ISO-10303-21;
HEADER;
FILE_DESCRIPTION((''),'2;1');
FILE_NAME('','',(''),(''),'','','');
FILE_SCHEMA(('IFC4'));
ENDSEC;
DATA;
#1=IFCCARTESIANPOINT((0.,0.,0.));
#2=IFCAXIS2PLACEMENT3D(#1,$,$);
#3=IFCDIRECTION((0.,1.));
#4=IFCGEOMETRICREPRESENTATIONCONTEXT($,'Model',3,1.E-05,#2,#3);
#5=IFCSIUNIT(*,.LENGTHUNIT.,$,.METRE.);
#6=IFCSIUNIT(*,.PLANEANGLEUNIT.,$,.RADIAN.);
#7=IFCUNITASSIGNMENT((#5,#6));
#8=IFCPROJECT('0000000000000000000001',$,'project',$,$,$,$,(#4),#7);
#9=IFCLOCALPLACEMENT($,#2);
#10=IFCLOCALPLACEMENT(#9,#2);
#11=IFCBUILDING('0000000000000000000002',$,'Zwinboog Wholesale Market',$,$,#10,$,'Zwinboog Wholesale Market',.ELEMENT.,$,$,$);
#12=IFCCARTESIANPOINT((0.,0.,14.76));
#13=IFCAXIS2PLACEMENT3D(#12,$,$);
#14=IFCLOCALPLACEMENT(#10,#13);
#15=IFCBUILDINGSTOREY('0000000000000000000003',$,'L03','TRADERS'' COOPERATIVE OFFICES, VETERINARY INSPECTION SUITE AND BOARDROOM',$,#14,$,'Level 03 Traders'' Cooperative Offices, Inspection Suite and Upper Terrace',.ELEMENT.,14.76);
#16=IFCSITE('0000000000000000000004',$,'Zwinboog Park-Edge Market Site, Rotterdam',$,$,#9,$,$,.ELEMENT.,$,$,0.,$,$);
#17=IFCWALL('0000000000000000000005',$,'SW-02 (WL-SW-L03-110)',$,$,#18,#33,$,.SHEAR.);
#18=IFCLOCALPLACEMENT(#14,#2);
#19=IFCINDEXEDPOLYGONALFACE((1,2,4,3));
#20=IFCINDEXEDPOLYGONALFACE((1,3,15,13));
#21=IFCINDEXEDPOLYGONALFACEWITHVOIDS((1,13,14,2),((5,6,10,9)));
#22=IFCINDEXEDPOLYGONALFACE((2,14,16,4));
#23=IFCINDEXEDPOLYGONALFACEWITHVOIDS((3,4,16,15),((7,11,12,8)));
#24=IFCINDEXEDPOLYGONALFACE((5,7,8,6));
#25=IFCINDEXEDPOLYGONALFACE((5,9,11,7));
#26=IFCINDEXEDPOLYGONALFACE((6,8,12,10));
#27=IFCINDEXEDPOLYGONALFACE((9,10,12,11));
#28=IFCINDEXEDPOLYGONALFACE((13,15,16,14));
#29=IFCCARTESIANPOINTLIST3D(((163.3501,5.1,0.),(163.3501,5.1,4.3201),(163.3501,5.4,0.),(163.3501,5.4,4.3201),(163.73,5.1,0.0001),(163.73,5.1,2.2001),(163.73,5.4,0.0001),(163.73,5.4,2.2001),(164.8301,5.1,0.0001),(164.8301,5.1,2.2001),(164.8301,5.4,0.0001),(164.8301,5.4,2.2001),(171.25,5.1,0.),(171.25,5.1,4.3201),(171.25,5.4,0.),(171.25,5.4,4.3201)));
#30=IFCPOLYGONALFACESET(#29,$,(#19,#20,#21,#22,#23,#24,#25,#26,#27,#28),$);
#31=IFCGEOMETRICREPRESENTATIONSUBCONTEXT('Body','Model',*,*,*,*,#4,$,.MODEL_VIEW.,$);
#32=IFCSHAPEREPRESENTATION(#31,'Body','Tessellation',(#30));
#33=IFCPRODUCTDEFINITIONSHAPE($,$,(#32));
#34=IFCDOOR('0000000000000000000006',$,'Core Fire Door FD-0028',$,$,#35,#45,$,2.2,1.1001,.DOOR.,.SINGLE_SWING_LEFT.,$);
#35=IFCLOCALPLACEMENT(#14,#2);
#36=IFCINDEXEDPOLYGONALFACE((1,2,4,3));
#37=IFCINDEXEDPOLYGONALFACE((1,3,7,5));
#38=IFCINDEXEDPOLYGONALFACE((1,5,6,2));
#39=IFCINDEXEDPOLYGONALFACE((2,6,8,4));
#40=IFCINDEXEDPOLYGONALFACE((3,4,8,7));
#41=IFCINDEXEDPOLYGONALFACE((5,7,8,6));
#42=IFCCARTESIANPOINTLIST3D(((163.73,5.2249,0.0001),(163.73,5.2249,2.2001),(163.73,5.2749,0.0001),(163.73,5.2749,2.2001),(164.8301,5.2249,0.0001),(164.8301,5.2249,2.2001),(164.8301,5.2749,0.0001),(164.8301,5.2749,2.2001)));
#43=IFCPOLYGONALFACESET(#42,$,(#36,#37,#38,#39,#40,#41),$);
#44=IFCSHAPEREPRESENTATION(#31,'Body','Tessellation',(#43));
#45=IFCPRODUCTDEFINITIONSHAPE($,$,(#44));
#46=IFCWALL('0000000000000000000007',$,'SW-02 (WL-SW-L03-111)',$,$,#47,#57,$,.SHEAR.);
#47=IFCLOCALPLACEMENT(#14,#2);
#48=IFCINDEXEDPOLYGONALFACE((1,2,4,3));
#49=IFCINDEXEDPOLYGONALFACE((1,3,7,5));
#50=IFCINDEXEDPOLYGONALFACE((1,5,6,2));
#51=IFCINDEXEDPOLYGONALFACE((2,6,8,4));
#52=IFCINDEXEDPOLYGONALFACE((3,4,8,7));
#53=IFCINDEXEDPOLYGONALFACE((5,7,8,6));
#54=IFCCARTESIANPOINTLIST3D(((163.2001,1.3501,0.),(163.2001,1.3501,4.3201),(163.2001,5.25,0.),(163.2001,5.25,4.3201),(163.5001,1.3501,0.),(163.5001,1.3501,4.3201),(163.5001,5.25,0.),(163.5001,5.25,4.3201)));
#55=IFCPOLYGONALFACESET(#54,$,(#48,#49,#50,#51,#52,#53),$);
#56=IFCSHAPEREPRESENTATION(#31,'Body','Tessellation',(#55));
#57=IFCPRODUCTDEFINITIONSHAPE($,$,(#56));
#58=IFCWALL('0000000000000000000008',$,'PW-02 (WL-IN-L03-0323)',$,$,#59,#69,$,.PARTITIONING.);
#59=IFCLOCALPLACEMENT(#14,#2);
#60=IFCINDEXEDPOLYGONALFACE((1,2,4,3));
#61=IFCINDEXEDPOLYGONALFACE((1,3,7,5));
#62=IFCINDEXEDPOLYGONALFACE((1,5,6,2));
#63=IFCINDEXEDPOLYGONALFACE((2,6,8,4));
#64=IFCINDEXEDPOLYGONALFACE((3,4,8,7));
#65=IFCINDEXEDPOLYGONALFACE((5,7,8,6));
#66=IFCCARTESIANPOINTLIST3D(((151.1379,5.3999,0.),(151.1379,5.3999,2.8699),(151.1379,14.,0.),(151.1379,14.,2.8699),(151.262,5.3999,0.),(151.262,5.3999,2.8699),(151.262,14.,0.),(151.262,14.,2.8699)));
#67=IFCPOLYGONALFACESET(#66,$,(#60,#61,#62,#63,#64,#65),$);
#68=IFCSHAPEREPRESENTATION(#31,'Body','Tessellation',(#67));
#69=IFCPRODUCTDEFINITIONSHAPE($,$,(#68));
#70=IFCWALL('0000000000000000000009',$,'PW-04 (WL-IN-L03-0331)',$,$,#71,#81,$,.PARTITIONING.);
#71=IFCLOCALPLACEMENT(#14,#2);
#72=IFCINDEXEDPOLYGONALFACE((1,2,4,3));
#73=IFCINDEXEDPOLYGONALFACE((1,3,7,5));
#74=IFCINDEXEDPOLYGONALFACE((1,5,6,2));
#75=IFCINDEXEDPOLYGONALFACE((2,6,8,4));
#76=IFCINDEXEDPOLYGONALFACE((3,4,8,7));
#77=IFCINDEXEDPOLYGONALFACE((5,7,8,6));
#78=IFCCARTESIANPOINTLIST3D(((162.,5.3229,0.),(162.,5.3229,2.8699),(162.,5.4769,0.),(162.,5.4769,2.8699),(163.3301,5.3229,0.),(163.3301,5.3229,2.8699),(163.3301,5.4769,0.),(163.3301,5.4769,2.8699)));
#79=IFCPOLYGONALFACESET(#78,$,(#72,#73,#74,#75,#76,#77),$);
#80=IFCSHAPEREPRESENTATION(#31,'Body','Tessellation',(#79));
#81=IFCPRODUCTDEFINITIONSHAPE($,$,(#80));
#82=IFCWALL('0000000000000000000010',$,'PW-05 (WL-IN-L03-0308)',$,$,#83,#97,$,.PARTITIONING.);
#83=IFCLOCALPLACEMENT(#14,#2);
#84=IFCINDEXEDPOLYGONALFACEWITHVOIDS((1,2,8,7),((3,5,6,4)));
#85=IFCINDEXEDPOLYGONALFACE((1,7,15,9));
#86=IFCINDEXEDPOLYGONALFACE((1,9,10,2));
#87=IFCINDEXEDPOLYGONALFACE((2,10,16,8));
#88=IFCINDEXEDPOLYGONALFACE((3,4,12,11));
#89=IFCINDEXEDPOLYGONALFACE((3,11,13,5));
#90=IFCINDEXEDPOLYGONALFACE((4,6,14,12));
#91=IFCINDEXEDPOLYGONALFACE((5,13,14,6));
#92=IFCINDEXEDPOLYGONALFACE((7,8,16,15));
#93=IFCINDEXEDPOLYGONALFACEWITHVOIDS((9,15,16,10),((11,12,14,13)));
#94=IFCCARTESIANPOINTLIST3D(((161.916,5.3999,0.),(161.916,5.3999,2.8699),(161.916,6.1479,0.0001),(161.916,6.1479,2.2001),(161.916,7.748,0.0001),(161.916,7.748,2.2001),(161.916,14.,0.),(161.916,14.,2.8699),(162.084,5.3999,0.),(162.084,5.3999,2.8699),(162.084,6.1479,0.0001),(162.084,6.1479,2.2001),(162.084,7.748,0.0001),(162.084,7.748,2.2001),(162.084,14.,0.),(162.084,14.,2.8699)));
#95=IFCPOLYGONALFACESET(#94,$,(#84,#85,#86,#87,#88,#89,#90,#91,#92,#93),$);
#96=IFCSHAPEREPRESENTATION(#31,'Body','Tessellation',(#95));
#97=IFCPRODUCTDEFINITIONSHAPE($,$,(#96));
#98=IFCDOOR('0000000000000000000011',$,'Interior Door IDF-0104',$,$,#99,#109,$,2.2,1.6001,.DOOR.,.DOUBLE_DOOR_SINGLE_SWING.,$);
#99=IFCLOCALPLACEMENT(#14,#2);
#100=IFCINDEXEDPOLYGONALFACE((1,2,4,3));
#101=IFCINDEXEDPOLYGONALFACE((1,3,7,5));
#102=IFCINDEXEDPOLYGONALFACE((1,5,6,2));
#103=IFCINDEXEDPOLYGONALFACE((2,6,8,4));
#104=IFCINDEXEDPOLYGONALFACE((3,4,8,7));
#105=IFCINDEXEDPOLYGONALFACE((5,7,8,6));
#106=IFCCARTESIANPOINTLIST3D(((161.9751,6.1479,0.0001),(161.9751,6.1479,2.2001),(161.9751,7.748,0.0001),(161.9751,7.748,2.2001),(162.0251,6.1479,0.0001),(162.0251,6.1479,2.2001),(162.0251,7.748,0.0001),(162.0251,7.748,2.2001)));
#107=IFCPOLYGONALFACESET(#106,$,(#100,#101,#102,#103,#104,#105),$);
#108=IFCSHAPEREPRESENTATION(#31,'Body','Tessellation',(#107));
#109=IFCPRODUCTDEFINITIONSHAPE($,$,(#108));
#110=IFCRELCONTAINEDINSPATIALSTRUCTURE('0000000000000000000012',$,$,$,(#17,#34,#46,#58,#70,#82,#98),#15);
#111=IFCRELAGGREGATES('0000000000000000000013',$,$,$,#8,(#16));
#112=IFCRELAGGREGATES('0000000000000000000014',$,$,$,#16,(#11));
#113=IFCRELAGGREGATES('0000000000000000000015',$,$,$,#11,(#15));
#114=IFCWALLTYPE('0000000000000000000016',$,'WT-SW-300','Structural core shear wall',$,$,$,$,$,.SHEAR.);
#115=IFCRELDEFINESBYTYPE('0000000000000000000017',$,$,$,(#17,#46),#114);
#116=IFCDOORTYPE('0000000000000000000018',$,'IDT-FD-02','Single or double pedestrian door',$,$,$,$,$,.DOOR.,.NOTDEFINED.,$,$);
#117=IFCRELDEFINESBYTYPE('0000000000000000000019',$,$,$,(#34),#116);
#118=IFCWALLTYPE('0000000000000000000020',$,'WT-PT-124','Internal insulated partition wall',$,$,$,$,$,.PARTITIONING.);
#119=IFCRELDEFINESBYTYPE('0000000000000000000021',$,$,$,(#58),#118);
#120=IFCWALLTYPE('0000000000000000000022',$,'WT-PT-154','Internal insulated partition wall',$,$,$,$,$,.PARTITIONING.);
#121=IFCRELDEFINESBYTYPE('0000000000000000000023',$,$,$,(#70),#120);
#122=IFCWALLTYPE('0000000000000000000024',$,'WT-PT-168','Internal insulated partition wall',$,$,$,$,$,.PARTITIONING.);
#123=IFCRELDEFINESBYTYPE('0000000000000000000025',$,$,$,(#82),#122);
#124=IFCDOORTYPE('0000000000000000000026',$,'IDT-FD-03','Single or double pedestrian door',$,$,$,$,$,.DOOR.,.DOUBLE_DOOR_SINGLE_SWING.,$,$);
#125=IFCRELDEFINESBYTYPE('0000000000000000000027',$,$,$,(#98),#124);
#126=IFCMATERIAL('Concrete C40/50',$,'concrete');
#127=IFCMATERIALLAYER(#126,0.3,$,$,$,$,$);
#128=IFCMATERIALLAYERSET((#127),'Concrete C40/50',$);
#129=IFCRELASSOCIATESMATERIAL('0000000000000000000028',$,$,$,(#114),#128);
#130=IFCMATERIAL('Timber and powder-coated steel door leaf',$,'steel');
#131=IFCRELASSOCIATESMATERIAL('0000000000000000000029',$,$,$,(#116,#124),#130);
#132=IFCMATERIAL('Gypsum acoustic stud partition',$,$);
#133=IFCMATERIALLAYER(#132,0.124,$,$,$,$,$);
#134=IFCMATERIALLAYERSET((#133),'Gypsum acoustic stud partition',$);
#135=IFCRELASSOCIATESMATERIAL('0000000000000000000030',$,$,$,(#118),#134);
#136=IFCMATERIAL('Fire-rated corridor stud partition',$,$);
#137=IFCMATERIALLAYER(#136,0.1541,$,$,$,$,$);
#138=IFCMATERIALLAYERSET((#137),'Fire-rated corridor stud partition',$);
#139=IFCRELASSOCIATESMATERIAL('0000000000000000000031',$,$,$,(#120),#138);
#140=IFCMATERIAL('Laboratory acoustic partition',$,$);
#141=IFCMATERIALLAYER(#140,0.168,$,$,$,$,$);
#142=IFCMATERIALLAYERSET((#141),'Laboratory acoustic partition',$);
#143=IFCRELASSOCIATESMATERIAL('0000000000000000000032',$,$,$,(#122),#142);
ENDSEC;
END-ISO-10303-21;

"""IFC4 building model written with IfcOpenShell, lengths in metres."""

from ifc_helpers import new_model, si_unit, direction, frame, frame_2d, origin, place, context, subcontext, project, spatial, rectangle, extrude, material, layer, layer_set, type_object, element, fill, save


model = new_model("IFC4")

# Units and contexts
model_context = context("Model", 3, precision=1e-05, world=origin(), true_north=direction((0.0, 1.0)))
body_context = subcontext(model_context, "Body", "Model", "MODEL_VIEW")
ifc_project = project(units=[si_unit("LENGTHUNIT", "METRE"), si_unit("PLANEANGLEUNIT", "RADIAN")], contexts=[model_context])

# Site, building, storey
site_placement = place(None, origin())
site = spatial("IfcSite", under=ifc_project, at=site_placement, Name="Zwinboog Park-Edge Market Site, Rotterdam", CompositionType="ELEMENT", RefElevation=0.0)
building_placement = place(site_placement, origin())
building = spatial("IfcBuilding", under=site, at=building_placement, Name="Zwinboog Wholesale Market", LongName="Zwinboog Wholesale Market", CompositionType="ELEMENT")
storey_placement = place(building_placement, frame((0.0, 0.0, 14.76)))
storey = spatial("IfcBuildingStorey", under=building, at=storey_placement, Name="L03", Description="TRADERS' COOPERATIVE OFFICES, VETERINARY INSPECTION SUITE AND BOARDROOM", LongName="Level 03 Traders' Cooperative Offices, Inspection Suite and Upper Terrace", CompositionType="ELEMENT", Elevation=14.76)

# Shared definitions
ifc_material_1 = material(Name="Concrete C40/50", Category="concrete")
ifc_layer_1 = layer(ifc_material_1, 0.3)
ifc_layer_set_1 = layer_set([ifc_layer_1], Name="Concrete C40/50")
wall_type_1 = type_object("IfcWallType", Name="WT-SW-300", Description="Structural core shear wall", PredefinedType="SHEAR", material=ifc_layer_set_1)

# Wall, opening, door
wall_1_placement = place(storey_placement, frame((163.3501, 5.25, 0.0), z_axis=(0.0, 0.0, 1.0), x_axis=(1.0, 0.0, 0.0)))
wall_1 = element("IfcWall", 1, at=wall_1_placement, inside=storey, type_object=wall_type_1, Name="SW-02 (WL-SW-L03-110)", PredefinedType="SHEAR", context=body_context, shape_type="SweptSolid", body=[
    extrude(rectangle(XDim=7.8999, YDim=0.3, at=frame_2d((3.95, 0.0))), origin(), (0.0, 0.0, 1.0), 4.3201),
])
opening_1_placement = place(wall_1_placement, frame((0.3799, 0.0, 0.0)))
opening_1 = element("IfcOpeningElement", 2, at=opening_1_placement, cuts=wall_1, PredefinedType="OPENING", context=body_context, shape_type="SweptSolid", body=[
    extrude(rectangle(XDim=1.1001, YDim=2.2, at=frame_2d((0.55, 1.1001))), frame((0.0, 0.1599, 0.0), z_axis=(0.0, -1.0, 0.0), x_axis=(1.0, 0.0, 0.0)), (0.0, 0.0, 1.0), 0.3201),
])
ifc_material_2 = material(Name="Timber and powder-coated steel door leaf", Category="steel")
door_type_1 = type_object("IfcDoorType", Name="IDT-FD-02", Description="Single or double pedestrian door", OperationType="NOTDEFINED", PredefinedType="DOOR", material=ifc_material_2)
door_1_placement = place(opening_1_placement, origin())
door_1 = element("IfcDoor", 3, at=door_1_placement, inside=storey, type_object=door_type_1, Name="Core Fire Door FD-0028", OperationType="SINGLE_SWING_LEFT", OverallHeight=2.2, OverallWidth=1.1001, PredefinedType="DOOR", context=body_context, shape_type="SweptSolid", body=[
    extrude(rectangle(XDim=1.1001, YDim=2.2, at=frame_2d((0.55, 1.1001))), frame((0.0, 0.0249, 0.0), z_axis=(0.0, -1.0, 0.0), x_axis=(1.0, 0.0, 0.0)), (0.0, 0.0, 1.0), 0.05),
])
fill(opening_1, door_1)

# Walls
wall_2_placement = place(storey_placement, frame((163.3501, 1.3501, 0.0), z_axis=(0.0, 0.0, 1.0), x_axis=(0.0, 1.0, 0.0)))
element("IfcWall", 4, at=wall_2_placement, inside=storey, type_object=wall_type_1, Name="SW-02 (WL-SW-L03-111)", PredefinedType="SHEAR", context=body_context, shape_type="SweptSolid", body=[
    extrude(rectangle(XDim=3.8999, YDim=0.3, at=frame_2d((1.95, 0.0))), origin(), (0.0, 0.0, 1.0), 4.3201),
])
ifc_material_3 = material(Name="Gypsum acoustic stud partition")
ifc_layer_2 = layer(ifc_material_3, 0.124)
ifc_layer_set_2 = layer_set([ifc_layer_2], Name="Gypsum acoustic stud partition")
wall_type_2 = type_object("IfcWallType", Name="WT-PT-124", Description="Internal insulated partition wall", PredefinedType="PARTITIONING", material=ifc_layer_set_2)
wall_3_placement = place(storey_placement, frame((151.2, 5.3999, 0.0), z_axis=(0.0, 0.0, 1.0), x_axis=(0.0, 1.0, 0.0)))
element("IfcWall", 5, at=wall_3_placement, inside=storey, type_object=wall_type_2, Name="PW-02 (WL-IN-L03-0323)", PredefinedType="PARTITIONING", context=body_context, shape_type="SweptSolid", body=[
    extrude(rectangle(XDim=8.6001, YDim=0.124, at=frame_2d((4.3, 0.0))), origin(), (0.0, 0.0, 1.0), 2.8699),
])
ifc_material_4 = material(Name="Fire-rated corridor stud partition")
ifc_layer_3 = layer(ifc_material_4, 0.1541)
ifc_layer_set_3 = layer_set([ifc_layer_3], Name="Fire-rated corridor stud partition")
wall_type_3 = type_object("IfcWallType", Name="WT-PT-154", Description="Internal insulated partition wall", PredefinedType="PARTITIONING", material=ifc_layer_set_3)
wall_4_placement = place(storey_placement, frame((162.0, 5.3999, 0.0), z_axis=(0.0, 0.0, 1.0), x_axis=(1.0, 0.0, 0.0)))
element("IfcWall", 6, at=wall_4_placement, inside=storey, type_object=wall_type_3, Name="PW-04 (WL-IN-L03-0331)", PredefinedType="PARTITIONING", context=body_context, shape_type="SweptSolid", body=[
    extrude(rectangle(XDim=1.3301, YDim=0.1541, at=frame_2d((0.665, 0.0))), origin(), (0.0, 0.0, 1.0), 2.8699),
])

# Wall, opening, door
ifc_material_5 = material(Name="Laboratory acoustic partition")
ifc_layer_4 = layer(ifc_material_5, 0.168)
ifc_layer_set_4 = layer_set([ifc_layer_4], Name="Laboratory acoustic partition")
wall_type_4 = type_object("IfcWallType", Name="WT-PT-168", Description="Internal insulated partition wall", PredefinedType="PARTITIONING", material=ifc_layer_set_4)
wall_5_placement = place(storey_placement, frame((162.0, 5.3999, 0.0), z_axis=(0.0, 0.0, 1.0), x_axis=(0.0, 1.0, 0.0)))
wall_5 = element("IfcWall", 7, at=wall_5_placement, inside=storey, type_object=wall_type_4, Name="PW-05 (WL-IN-L03-0308)", PredefinedType="PARTITIONING", context=body_context, shape_type="SweptSolid", body=[
    extrude(rectangle(XDim=8.6001, YDim=0.168, at=frame_2d((4.3, 0.0))), origin(), (0.0, 0.0, 1.0), 2.8699),
])
opening_2_placement = place(wall_5_placement, frame((0.748, 0.0, 0.0)))
opening_2 = element("IfcOpeningElement", 8, at=opening_2_placement, cuts=wall_5, PredefinedType="OPENING", context=body_context, shape_type="SweptSolid", body=[
    extrude(rectangle(XDim=1.6001, YDim=2.2, at=frame_2d((0.8, 1.1001))), frame((0.0, 0.094, 0.0), z_axis=(0.0, -1.0, 0.0), x_axis=(1.0, 0.0, 0.0)), (0.0, 0.0, 1.0), 0.188),
])
door_type_2 = type_object("IfcDoorType", Name="IDT-FD-03", Description="Single or double pedestrian door", OperationType="DOUBLE_DOOR_SINGLE_SWING", PredefinedType="DOOR", material=ifc_material_2)
door_2_placement = place(opening_2_placement, origin())
door_2 = element("IfcDoor", 9, at=door_2_placement, inside=storey, type_object=door_type_2, Name="Interior Door IDF-0104", OperationType="DOUBLE_DOOR_SINGLE_SWING", OverallHeight=2.2, OverallWidth=1.6001, PredefinedType="DOOR", context=body_context, shape_type="SweptSolid", body=[
    extrude(rectangle(XDim=1.6001, YDim=2.2, at=frame_2d((0.8, 1.1001))), frame((0.0, 0.0249, 0.0), z_axis=(0.0, -1.0, 0.0), x_axis=(1.0, 0.0, 0.0)), (0.0, 0.0, 1.0), 0.05),
])
fill(opening_2, door_2)

save(model, "model.ifc")
